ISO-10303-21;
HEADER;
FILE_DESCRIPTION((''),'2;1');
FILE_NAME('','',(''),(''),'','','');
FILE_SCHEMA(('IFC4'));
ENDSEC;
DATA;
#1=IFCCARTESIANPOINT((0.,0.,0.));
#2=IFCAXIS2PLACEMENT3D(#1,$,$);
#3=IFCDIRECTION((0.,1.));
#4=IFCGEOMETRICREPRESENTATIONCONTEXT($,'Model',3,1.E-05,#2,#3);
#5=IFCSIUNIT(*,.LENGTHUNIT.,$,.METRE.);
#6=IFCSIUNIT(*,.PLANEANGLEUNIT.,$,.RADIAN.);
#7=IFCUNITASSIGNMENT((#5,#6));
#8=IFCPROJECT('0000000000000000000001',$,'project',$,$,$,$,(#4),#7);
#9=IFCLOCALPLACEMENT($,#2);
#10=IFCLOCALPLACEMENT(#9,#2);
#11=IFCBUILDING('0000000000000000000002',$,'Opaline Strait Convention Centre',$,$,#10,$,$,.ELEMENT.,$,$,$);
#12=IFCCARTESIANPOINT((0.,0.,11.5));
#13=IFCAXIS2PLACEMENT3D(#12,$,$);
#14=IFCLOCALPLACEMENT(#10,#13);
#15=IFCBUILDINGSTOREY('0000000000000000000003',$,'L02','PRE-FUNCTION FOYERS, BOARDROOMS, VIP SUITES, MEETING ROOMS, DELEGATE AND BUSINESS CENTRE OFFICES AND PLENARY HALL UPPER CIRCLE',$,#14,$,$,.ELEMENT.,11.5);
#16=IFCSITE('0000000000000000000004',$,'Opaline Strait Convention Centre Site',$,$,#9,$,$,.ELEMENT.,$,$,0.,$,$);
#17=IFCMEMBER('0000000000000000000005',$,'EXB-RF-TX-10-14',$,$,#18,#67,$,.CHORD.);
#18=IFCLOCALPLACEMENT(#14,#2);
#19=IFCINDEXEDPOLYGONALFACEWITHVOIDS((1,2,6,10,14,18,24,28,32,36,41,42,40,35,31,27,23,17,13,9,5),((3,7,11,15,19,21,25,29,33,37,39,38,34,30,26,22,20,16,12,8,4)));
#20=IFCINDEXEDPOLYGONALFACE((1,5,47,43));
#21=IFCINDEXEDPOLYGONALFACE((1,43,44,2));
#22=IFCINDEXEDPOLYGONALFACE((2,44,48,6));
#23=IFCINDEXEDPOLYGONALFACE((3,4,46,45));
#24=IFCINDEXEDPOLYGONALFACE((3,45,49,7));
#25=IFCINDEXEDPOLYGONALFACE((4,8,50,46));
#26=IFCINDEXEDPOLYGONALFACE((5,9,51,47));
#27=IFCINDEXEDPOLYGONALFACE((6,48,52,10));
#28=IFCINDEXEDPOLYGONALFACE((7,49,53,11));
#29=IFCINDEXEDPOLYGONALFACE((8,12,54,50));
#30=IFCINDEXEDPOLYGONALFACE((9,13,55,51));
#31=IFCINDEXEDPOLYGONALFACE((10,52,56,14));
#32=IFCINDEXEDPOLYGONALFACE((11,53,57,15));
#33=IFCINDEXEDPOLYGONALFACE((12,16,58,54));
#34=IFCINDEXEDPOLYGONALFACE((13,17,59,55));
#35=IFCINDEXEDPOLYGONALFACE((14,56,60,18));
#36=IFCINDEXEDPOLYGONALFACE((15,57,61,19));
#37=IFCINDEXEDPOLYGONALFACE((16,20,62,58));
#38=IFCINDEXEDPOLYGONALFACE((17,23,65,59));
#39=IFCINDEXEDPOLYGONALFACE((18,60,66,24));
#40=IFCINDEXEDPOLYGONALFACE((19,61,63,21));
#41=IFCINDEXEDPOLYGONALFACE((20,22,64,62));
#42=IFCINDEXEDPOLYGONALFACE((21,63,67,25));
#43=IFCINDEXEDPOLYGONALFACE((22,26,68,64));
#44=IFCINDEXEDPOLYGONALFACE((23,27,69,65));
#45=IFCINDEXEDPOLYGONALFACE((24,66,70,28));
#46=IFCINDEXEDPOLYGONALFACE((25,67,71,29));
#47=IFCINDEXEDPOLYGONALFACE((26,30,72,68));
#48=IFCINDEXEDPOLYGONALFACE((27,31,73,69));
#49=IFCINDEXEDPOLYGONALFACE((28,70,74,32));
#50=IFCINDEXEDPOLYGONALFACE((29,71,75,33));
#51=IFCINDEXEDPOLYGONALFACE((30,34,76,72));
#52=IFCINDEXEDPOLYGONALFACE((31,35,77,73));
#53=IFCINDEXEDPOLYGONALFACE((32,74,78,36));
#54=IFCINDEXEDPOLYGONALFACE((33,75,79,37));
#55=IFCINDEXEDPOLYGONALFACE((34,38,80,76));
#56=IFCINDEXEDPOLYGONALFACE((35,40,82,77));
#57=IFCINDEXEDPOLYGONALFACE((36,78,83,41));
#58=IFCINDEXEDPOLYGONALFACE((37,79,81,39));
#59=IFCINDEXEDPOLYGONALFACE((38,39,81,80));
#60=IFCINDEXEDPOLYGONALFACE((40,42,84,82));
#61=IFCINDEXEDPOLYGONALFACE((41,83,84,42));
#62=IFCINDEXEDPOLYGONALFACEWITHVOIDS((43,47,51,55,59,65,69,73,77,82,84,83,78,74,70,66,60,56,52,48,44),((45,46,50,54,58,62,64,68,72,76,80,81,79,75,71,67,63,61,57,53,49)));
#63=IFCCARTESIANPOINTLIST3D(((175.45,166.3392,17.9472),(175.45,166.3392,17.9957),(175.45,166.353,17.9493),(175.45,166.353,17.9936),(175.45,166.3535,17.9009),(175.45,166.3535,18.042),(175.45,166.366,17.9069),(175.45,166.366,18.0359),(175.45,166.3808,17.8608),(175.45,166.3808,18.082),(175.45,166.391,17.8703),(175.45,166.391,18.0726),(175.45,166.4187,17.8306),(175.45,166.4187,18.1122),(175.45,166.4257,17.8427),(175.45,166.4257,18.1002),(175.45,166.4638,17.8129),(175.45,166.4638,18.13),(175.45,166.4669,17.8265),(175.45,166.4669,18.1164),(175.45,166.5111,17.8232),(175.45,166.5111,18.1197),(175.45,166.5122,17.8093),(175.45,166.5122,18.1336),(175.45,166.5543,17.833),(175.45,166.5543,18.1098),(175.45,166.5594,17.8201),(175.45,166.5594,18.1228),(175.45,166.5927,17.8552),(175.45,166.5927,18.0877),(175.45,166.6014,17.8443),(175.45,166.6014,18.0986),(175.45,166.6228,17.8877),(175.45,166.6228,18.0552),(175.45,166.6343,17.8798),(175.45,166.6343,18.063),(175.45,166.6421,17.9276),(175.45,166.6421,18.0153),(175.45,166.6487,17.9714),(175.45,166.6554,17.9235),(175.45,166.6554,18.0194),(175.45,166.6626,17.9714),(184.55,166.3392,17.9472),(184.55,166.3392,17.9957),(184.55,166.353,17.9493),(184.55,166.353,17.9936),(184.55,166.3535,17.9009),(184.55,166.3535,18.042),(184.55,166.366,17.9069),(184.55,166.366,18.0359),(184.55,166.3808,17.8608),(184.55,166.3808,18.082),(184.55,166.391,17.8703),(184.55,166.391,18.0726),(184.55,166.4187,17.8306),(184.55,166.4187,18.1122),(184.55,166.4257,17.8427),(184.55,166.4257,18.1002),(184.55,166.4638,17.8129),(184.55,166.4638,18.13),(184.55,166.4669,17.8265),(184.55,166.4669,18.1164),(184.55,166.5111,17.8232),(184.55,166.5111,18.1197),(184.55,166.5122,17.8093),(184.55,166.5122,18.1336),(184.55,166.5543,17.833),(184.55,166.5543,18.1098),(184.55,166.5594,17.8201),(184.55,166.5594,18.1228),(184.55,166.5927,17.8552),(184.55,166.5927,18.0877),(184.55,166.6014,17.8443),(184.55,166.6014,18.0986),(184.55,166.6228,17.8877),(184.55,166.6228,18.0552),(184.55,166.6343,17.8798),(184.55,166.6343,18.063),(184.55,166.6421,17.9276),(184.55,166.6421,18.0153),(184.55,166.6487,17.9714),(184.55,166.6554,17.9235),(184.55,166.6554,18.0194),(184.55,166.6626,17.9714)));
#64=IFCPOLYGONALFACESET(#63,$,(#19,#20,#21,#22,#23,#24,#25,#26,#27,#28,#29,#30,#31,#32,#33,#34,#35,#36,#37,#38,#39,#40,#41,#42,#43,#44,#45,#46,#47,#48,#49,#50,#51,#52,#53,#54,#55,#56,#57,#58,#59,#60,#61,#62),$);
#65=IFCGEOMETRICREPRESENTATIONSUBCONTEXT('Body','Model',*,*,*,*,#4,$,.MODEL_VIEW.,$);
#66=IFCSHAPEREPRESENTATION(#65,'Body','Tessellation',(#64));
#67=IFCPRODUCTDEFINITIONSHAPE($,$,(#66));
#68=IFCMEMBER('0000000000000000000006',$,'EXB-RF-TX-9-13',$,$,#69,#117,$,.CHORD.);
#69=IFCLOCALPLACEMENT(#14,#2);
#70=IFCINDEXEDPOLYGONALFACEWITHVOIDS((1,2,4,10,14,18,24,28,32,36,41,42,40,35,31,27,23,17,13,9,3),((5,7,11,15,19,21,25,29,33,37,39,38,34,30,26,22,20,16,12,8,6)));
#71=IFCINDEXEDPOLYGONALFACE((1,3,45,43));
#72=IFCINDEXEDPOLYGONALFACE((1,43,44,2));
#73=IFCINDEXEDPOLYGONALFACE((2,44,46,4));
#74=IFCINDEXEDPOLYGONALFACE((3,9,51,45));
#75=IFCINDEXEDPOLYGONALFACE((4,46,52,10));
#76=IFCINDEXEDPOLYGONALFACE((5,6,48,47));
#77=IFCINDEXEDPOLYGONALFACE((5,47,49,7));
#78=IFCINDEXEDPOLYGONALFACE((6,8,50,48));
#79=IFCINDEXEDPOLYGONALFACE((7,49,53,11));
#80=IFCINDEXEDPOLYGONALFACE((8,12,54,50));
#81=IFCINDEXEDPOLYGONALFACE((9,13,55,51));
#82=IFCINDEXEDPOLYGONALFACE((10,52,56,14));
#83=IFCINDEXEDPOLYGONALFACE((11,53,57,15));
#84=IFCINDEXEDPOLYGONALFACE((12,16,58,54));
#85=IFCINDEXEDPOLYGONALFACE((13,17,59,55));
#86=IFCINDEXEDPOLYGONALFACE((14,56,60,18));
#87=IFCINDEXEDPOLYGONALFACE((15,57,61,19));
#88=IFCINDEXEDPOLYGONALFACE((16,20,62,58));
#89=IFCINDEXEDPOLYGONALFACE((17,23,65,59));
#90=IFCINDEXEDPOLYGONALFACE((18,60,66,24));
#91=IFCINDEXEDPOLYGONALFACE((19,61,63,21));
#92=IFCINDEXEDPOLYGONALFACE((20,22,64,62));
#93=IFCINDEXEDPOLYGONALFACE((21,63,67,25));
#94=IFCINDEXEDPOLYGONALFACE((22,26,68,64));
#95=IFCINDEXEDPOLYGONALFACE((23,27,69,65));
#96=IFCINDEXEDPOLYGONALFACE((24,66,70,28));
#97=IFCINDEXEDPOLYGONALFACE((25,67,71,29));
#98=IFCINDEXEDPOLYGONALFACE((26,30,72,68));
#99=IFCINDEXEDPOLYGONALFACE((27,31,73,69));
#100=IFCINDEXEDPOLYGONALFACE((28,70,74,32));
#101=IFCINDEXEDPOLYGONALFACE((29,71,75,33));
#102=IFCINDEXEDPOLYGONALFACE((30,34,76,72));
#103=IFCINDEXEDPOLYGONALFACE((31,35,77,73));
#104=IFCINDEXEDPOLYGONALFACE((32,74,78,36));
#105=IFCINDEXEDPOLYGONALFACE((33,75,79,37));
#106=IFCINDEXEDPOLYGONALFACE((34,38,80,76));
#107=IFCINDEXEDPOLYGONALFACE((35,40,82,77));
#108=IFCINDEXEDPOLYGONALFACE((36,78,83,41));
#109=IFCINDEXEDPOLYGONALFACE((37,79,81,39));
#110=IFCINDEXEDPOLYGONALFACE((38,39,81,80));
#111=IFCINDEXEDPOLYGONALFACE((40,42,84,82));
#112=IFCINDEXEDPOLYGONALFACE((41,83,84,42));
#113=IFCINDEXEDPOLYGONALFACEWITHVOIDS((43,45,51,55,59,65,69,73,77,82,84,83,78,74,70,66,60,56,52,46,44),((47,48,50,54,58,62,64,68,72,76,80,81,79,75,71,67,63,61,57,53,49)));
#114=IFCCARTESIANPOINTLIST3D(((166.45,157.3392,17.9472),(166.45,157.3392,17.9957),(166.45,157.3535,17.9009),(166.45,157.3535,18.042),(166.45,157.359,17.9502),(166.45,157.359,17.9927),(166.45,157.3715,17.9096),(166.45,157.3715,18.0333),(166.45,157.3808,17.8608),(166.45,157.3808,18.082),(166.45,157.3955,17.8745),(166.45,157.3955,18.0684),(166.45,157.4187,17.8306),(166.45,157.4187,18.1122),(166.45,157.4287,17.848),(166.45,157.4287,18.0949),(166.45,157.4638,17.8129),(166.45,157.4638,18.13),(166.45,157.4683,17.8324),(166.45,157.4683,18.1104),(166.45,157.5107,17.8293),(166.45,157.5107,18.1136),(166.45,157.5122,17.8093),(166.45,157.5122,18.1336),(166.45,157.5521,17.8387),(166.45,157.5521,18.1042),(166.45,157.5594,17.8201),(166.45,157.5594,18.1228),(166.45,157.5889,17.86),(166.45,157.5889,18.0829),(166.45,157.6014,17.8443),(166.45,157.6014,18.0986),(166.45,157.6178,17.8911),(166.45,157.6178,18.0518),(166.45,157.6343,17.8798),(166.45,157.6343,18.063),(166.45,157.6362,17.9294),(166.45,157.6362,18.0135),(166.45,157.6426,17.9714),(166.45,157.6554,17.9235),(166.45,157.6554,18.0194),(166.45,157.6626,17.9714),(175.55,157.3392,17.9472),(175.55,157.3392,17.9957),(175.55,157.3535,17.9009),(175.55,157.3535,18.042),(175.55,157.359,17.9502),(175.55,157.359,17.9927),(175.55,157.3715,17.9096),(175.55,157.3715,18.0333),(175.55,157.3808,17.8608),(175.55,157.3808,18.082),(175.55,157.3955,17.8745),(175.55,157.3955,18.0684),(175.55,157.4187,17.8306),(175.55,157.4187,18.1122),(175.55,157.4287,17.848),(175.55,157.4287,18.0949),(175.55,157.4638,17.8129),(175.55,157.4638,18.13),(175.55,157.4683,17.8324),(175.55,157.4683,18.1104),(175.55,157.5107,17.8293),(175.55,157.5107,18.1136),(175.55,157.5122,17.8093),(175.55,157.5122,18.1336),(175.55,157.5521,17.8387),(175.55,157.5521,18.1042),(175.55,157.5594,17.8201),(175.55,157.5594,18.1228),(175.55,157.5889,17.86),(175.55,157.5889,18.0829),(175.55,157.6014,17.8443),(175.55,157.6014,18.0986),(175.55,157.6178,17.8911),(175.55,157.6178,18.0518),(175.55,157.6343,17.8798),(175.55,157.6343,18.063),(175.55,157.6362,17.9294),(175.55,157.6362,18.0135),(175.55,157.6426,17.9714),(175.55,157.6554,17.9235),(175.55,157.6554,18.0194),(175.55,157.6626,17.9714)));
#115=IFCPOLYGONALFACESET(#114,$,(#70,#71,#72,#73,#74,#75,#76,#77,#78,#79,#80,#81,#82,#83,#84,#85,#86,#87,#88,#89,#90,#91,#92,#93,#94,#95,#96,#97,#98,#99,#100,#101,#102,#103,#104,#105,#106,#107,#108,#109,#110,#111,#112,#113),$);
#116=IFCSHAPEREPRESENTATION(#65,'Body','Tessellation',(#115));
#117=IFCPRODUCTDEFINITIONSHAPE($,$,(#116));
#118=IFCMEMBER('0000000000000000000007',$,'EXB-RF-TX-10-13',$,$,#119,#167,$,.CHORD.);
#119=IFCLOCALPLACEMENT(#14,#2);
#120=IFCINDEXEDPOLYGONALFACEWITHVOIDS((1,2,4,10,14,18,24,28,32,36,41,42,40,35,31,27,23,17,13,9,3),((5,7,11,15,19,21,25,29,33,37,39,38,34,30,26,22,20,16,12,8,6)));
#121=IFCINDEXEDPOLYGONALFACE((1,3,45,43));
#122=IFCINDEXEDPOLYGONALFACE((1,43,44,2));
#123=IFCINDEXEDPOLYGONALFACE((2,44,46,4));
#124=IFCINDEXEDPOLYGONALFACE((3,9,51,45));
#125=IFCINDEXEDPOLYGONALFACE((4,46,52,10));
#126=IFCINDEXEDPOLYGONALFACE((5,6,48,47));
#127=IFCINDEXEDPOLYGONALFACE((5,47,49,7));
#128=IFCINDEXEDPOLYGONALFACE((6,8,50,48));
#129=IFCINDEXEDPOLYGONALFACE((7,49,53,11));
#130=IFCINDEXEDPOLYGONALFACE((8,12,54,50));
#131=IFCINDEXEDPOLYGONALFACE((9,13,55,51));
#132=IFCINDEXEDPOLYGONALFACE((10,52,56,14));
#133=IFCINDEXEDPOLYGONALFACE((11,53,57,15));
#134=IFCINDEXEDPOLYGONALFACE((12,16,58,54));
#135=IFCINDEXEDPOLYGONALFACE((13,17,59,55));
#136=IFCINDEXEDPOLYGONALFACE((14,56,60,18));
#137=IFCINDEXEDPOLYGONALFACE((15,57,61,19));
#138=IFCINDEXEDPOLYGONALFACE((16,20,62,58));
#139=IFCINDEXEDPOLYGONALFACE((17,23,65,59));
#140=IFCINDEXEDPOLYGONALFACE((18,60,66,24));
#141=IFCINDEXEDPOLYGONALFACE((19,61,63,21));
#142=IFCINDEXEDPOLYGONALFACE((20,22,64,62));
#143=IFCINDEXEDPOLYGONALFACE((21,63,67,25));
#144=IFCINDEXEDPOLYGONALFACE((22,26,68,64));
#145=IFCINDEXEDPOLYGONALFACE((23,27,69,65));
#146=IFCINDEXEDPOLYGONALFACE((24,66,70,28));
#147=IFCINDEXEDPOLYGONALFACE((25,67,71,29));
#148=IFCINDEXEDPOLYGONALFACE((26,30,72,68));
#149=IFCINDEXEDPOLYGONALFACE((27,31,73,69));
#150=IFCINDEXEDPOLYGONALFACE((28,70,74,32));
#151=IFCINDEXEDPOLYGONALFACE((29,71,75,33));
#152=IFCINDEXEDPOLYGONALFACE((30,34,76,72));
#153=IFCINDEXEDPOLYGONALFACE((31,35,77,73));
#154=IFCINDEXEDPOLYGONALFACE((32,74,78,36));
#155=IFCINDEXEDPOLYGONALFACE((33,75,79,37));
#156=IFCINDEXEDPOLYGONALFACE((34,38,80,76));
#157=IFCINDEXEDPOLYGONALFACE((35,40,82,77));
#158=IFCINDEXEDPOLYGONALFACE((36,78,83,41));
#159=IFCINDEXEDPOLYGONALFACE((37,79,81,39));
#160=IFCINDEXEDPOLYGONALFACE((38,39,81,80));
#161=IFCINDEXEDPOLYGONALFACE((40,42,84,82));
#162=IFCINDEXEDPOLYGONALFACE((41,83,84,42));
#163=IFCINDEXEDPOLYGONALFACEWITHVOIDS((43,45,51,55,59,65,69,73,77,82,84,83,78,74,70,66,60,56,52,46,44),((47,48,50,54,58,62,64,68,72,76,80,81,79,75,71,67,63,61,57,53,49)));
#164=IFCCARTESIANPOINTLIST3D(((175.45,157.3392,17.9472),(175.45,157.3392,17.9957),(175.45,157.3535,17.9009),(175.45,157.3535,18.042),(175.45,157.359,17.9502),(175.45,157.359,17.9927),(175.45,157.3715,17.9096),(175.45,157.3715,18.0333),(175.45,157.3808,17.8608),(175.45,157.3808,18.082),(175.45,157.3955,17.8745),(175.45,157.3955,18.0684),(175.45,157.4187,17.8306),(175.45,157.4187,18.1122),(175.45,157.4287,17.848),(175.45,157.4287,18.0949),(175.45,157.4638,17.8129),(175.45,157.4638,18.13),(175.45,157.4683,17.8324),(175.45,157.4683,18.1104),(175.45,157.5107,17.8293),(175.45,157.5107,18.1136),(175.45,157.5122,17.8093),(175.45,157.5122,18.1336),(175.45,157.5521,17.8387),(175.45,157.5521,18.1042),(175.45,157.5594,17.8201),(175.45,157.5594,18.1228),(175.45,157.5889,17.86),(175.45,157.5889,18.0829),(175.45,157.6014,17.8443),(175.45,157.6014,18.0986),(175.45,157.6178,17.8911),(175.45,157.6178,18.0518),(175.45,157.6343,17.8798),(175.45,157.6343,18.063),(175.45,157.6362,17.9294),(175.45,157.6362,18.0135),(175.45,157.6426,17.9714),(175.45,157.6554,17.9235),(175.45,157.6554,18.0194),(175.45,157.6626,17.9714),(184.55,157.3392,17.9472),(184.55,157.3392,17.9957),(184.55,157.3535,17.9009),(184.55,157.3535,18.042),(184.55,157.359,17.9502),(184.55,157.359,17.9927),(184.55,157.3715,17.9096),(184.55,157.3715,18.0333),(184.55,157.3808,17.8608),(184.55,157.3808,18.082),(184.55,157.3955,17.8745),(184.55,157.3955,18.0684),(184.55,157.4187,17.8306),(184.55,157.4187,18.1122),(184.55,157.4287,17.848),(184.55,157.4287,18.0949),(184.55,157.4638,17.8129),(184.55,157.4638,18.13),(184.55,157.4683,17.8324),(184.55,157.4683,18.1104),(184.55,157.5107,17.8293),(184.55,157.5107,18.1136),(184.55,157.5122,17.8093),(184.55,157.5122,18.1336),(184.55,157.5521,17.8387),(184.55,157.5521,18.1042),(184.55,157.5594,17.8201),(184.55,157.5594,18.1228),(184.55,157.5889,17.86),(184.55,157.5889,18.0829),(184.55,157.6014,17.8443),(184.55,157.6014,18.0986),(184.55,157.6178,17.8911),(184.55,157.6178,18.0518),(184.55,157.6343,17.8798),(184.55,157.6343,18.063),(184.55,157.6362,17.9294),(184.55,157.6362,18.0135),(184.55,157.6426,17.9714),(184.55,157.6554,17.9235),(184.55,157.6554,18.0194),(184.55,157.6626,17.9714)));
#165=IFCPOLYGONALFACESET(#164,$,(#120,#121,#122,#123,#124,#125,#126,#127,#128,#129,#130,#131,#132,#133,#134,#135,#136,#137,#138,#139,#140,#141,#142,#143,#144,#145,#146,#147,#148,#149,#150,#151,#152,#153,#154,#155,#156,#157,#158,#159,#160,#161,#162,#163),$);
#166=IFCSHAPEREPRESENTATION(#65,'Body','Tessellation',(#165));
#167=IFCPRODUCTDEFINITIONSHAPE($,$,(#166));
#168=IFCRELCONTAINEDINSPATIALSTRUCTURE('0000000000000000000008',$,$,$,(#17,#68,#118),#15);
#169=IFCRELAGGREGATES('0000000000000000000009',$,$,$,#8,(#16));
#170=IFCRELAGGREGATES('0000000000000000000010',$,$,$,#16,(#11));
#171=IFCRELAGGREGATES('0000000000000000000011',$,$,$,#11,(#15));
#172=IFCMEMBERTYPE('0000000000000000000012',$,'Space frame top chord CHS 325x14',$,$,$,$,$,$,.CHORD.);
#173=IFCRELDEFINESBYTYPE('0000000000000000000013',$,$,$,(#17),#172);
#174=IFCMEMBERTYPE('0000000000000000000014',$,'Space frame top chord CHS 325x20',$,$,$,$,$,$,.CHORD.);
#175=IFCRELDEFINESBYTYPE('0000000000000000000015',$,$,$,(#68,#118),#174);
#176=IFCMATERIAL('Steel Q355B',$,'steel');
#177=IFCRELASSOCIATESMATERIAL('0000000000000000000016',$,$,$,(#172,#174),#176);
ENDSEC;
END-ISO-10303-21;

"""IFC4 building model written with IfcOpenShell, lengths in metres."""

from ifc_helpers import new_model, si_unit, direction, frame, origin, origin_2d, place, context, subcontext, project, spatial, hollow_circle, extrude, material, material_profile, profile_set, type_object, element, save


model = new_model("IFC4")

# Units and contexts
model_context = context("Model", 3, precision=1e-05, world=origin(), true_north=direction((0.0, 1.0)))
body_context = subcontext(model_context, "Body", "Model", "MODEL_VIEW")
ifc_project = project(units=[si_unit("LENGTHUNIT", "METRE"), si_unit("PLANEANGLEUNIT", "RADIAN")], contexts=[model_context])

# Site, building, storey
site_placement = place(None, origin())
site = spatial("IfcSite", under=ifc_project, at=site_placement, Name="Opaline Strait Convention Centre Site", CompositionType="ELEMENT", RefElevation=0.0)
building_placement = place(site_placement, origin())
building = spatial("IfcBuilding", under=site, at=building_placement, Name="Opaline Strait Convention Centre", CompositionType="ELEMENT")
storey_placement = place(building_placement, frame((0.0, 0.0, 11.5)))
storey = spatial("IfcBuildingStorey", under=building, at=storey_placement, Name="L02", Description="PRE-FUNCTION FOYERS, BOARDROOMS, VIP SUITES, MEETING ROOMS, DELEGATE AND BUSINESS CENTRE OFFICES AND PLENARY HALL UPPER CIRCLE", CompositionType="ELEMENT", Elevation=11.5)

# Members
ifc_material_1 = material(Name="Steel Q355B", Category="steel")
ifc_material_profile_1 = material_profile(ifc_material_1, hollow_circle(Radius=0.1626, WallThickness=0.0139, at=origin_2d()), Name="CHS 325x14")
ifc_profile_set_1 = profile_set([ifc_material_profile_1], Name="Steel Q355B")
member_type_1 = type_object("IfcMemberType", Name="Space frame top chord CHS 325x14", PredefinedType="CHORD", material=ifc_profile_set_1)
member_placement = place(storey_placement, frame((175.45, 166.5, 17.9714), z_axis=(1.0, 0.0, 0.0), x_axis=(0.0, 1.0, 0.0)))
element("IfcMember", 1, at=member_placement, inside=storey, type_object=member_type_1, Name="EXB-RF-TX-10-14", PredefinedType="CHORD", context=body_context, shape_type="SweptSolid", body=[
    extrude(hollow_circle(Radius=0.1626, WallThickness=0.0139, at=origin_2d()), origin(), (0.0, 0.0, 1.0), 9.1001),
])
ifc_material_profile_2 = material_profile(ifc_material_1, hollow_circle(Radius=0.1626, WallThickness=0.02, at=origin_2d()), Name="CHS 325x20")
ifc_profile_set_2 = profile_set([ifc_material_profile_2], Name="Steel Q355B")
member_type_2 = type_object("IfcMemberType", Name="Space frame top chord CHS 325x20", PredefinedType="CHORD", material=ifc_profile_set_2)
for number, where, z_axis, x_axis, name in (
    (2, (166.45, 157.5, 17.9714), (1.0, 0.0, 0.0), (0.0, 1.0, 0.0), "EXB-RF-TX-9-13"),
    (3, (175.45, 157.5, 17.9714), (1.0, 0.0, 0.0), (0.0, 1.0, 0.0), "EXB-RF-TX-10-13"),
):
    element("IfcMember", number, at=place(storey_placement, frame(where, z_axis=z_axis, x_axis=x_axis)), inside=storey, type_object=member_type_2, Name=name, PredefinedType="CHORD", context=body_context, shape_type="SweptSolid", body=[
        extrude(hollow_circle(Radius=0.1626, WallThickness=0.02, at=origin_2d()), origin(), (0.0, 0.0, 1.0), 9.1001),
    ])

save(model, "model.ifc")
